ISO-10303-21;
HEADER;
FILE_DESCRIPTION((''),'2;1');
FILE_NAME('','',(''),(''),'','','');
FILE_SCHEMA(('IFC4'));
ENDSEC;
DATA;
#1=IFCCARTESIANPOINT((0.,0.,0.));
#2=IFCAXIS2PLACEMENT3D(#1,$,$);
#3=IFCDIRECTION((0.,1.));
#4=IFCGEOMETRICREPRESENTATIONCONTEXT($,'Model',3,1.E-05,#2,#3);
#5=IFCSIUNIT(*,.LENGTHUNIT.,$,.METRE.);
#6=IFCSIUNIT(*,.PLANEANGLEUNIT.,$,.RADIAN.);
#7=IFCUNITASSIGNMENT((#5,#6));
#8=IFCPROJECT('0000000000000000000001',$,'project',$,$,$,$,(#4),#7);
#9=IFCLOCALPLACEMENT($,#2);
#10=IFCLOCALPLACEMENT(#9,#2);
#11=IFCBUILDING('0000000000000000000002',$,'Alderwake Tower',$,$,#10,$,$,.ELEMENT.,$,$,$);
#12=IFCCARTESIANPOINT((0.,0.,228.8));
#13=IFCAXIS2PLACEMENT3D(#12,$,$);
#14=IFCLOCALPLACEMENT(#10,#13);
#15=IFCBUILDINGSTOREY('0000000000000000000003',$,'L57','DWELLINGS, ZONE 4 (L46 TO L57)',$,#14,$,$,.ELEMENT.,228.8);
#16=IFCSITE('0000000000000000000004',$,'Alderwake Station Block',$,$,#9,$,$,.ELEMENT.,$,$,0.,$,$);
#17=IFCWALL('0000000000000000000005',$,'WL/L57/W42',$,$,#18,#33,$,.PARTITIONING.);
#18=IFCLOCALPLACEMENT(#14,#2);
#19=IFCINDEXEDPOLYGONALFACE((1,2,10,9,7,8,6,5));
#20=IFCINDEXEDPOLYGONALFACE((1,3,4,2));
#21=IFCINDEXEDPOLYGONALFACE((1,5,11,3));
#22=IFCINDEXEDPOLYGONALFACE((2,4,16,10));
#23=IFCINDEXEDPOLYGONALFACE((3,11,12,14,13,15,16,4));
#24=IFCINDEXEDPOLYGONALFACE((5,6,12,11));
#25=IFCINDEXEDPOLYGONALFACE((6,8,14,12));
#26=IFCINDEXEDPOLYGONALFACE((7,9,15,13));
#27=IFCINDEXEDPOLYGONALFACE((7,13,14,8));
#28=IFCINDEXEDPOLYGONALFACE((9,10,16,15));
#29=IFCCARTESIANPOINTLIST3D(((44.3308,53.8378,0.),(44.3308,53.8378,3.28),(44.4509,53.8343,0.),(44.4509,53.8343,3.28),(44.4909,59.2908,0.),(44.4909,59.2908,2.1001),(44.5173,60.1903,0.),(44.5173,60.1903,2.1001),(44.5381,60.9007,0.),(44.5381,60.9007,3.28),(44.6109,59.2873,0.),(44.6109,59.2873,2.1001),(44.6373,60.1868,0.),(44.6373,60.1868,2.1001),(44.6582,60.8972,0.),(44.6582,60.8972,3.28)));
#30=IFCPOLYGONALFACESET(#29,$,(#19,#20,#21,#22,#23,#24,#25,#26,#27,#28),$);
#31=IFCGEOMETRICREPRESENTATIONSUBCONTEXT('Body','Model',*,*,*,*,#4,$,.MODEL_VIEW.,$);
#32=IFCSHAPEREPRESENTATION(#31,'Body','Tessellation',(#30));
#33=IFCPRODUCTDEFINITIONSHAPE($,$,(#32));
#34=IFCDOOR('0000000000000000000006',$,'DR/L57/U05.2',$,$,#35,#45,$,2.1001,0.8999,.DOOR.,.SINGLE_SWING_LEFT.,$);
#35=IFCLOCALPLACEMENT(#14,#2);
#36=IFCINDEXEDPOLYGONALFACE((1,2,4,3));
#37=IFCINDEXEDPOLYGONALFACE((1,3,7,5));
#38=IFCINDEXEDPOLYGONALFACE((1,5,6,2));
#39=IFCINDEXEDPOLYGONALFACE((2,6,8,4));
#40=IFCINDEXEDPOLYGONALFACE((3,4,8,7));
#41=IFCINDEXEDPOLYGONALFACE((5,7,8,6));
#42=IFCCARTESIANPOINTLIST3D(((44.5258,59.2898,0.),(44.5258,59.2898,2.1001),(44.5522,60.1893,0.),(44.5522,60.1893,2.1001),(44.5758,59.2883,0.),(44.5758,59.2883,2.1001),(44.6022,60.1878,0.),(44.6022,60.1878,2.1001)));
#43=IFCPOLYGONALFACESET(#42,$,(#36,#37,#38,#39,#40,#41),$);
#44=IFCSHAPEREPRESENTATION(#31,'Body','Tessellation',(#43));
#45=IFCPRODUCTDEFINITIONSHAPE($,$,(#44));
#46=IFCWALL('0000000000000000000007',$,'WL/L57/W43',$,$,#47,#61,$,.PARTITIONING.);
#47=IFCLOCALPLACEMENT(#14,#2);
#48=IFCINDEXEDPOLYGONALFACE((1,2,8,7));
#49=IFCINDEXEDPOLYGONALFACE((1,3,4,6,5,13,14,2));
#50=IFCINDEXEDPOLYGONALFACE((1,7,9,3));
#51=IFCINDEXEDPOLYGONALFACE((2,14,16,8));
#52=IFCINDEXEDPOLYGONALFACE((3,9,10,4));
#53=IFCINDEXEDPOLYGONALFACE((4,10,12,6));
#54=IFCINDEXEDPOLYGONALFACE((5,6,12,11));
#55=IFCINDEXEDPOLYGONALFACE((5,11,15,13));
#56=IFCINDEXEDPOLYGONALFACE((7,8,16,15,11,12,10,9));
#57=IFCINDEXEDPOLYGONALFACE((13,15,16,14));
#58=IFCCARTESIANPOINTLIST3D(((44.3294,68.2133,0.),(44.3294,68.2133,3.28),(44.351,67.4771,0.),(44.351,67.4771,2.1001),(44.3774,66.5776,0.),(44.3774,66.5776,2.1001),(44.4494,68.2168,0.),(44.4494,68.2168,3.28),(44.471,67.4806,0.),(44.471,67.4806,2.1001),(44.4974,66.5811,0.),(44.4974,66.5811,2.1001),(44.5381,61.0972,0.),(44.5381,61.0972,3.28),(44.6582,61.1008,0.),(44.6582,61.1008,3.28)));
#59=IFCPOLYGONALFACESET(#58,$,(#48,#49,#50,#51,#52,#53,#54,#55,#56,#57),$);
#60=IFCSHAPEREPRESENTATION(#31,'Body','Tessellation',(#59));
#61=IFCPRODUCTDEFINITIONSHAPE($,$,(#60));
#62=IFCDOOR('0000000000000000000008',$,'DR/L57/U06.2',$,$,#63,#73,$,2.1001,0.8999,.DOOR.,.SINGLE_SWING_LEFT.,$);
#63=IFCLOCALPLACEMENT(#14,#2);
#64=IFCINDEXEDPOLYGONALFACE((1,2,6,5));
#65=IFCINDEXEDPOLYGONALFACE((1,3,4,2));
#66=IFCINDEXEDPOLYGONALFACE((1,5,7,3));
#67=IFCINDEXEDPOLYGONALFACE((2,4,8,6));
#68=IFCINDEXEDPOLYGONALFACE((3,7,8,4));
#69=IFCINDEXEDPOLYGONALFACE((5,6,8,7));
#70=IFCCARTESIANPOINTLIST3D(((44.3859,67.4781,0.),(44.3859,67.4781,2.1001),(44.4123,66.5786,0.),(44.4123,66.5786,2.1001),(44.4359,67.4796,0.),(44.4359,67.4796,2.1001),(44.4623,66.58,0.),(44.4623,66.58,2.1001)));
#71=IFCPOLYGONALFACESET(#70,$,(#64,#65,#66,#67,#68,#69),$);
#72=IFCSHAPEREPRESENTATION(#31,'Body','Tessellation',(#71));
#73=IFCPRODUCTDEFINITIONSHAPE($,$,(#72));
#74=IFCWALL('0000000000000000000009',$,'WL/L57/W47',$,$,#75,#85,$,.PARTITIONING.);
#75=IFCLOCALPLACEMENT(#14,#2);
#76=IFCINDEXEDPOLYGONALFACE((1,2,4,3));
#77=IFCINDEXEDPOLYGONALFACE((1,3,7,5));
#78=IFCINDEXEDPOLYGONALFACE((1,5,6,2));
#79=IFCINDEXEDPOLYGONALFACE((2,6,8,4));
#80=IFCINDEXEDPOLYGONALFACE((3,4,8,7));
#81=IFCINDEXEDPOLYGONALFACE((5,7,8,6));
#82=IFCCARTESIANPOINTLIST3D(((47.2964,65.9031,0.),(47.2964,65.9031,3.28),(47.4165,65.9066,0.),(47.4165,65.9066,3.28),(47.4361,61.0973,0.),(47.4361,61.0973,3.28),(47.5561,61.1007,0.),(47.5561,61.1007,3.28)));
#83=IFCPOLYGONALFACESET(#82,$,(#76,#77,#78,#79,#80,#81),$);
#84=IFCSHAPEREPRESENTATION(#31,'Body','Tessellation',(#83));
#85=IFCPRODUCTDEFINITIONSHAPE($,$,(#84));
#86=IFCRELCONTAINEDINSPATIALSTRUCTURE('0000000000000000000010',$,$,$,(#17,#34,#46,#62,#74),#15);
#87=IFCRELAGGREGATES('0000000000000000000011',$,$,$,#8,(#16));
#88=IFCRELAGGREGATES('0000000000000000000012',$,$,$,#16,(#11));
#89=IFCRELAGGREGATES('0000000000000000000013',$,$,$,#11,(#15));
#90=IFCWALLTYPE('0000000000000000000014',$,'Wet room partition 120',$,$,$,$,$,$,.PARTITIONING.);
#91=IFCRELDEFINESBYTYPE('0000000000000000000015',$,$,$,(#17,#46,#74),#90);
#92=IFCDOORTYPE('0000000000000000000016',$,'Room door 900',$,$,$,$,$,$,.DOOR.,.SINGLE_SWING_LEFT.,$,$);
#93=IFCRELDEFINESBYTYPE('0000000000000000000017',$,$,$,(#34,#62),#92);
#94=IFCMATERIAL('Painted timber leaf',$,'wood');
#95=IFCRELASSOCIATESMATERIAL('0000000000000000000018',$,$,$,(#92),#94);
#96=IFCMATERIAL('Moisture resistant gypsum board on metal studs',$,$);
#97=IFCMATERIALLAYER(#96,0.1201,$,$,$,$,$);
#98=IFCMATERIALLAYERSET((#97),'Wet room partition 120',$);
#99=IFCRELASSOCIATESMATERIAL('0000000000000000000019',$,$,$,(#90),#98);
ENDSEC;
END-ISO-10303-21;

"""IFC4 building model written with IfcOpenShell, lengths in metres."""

from ifc_helpers import new_model, si_unit, direction, frame, frame_2d, origin, place, context, subcontext, project, spatial, rectangle, extrude, material, layer, layer_set, type_object, element, fill, save


model = new_model("IFC4")

# Units and contexts
model_context = context("Model", 3, precision=1e-05, world=origin(), true_north=direction((0.0, 1.0)))
body_context = subcontext(model_context, "Body", "Model", "MODEL_VIEW")
ifc_project = project(units=[si_unit("LENGTHUNIT", "METRE"), si_unit("PLANEANGLEUNIT", "RADIAN")], contexts=[model_context])

# Site, building, storey
site_placement = place(None, origin())
site = spatial("IfcSite", under=ifc_project, at=site_placement, Name="Alderwake Station Block", CompositionType="ELEMENT", RefElevation=0.0)
building_placement = place(site_placement, origin())
building = spatial("IfcBuilding", under=site, at=building_placement, Name="Alderwake Tower", CompositionType="ELEMENT")
storey_placement = place(building_placement, frame((0.0, 0.0, 228.8)))
storey = spatial("IfcBuildingStorey", under=building, at=storey_placement, Name="L57", Description="DWELLINGS, ZONE 4 (L46 TO L57)", CompositionType="ELEMENT", Elevation=228.8)

# Shared definitions
ifc_material_1 = material(Name="Painted timber leaf", Category="wood")
door_type_1 = type_object("IfcDoorType", Name="Room door 900", OperationType="SINGLE_SWING_LEFT", PredefinedType="DOOR", material=ifc_material_1)

# Shared definitions
ifc_material_2 = material(Name="Moisture resistant gypsum board on metal studs")
ifc_layer_1 = layer(ifc_material_2, 0.1201)
ifc_layer_set_1 = layer_set([ifc_layer_1], Name="Wet room partition 120")
wall_type_1 = type_object("IfcWallType", Name="Wet room partition 120", PredefinedType="PARTITIONING", material=ifc_layer_set_1)

# Walls, openings, doors
wall_1_placement = place(storey_placement, frame((44.5981, 60.8989, 0.0), z_axis=(0.0, 0.0, 1.0), x_axis=(-0.029334, -0.99957, 0.0)))
wall_1 = element("IfcWall", 1, at=wall_1_placement, inside=storey, type_object=wall_type_1, Name="WL/L57/W42", PredefinedType="PARTITIONING", context=body_context, shape_type="SweptSolid", body=[
    extrude(rectangle(XDim=7.0659, YDim=0.1201, at=frame_2d((3.533, 0.0))), origin(), (0.0, 0.0, 1.0), 3.28),
])
opening_1_placement = place(wall_1_placement, frame((0.7107, 0.0, 0.0)))
opening_1 = element("IfcOpeningElement", 2, at=opening_1_placement, cuts=wall_1, PredefinedType="OPENING", context=body_context, shape_type="SweptSolid", body=[
    extrude(rectangle(XDim=0.8999, YDim=2.1001, at=frame_2d((0.45, 1.05))), frame((0.0, 0.0701, 0.0), z_axis=(0.0, -1.0, 0.0), x_axis=(1.0, 0.0, 0.0)), (0.0, 0.0, 1.0), 0.1401),
])
door_1_placement = place(opening_1_placement, origin())
door_1 = element("IfcDoor", 3, at=door_1_placement, inside=storey, type_object=door_type_1, Name="DR/L57/U05.2", OperationType="SINGLE_SWING_LEFT", OverallHeight=2.1001, OverallWidth=0.8999, PredefinedType="DOOR", context=body_context, shape_type="SweptSolid", body=[
    extrude(rectangle(XDim=0.8999, YDim=2.1001, at=frame_2d((0.45, 1.05))), frame((0.0, 0.0249, 0.0), z_axis=(0.0, -1.0, 0.0), x_axis=(1.0, 0.0, 0.0)), (0.0, 0.0, 1.0), 0.05),
])
fill(opening_1, door_1)
wall_2_placement = place(storey_placement, frame((44.3894, 68.2151, 0.0), z_axis=(0.0, 0.0, 1.0), x_axis=(0.029321, -0.99957, 0.0)))
wall_2 = element("IfcWall", 4, at=wall_2_placement, inside=storey, type_object=wall_type_1, Name="WL/L57/W43", PredefinedType="PARTITIONING", context=body_context, shape_type="SweptSolid", body=[
    extrude(rectangle(XDim=7.1191, YDim=0.1201, at=frame_2d((3.5596, 0.0))), origin(), (0.0, 0.0, 1.0), 3.28),
])
opening_2_placement = place(wall_2_placement, frame((0.7366, 0.0, 0.0)))
opening_2 = element("IfcOpeningElement", 5, at=opening_2_placement, cuts=wall_2, PredefinedType="OPENING", context=body_context, shape_type="SweptSolid", body=[
    extrude(rectangle(XDim=0.8999, YDim=2.1001, at=frame_2d((0.45, 1.05))), frame((0.0, 0.0701, 0.0), z_axis=(0.0, -1.0, 0.0), x_axis=(1.0, 0.0, 0.0)), (0.0, 0.0, 1.0), 0.1401),
])
door_2_placement = place(opening_2_placement, origin())
door_2 = element("IfcDoor", 6, at=door_2_placement, inside=storey, type_object=door_type_1, Name="DR/L57/U06.2", OperationType="SINGLE_SWING_LEFT", OverallHeight=2.1001, OverallWidth=0.8999, PredefinedType="DOOR", context=body_context, shape_type="SweptSolid", body=[
    extrude(rectangle(XDim=0.8999, YDim=2.1001, at=frame_2d((0.45, 1.05))), frame((0.0, 0.0249, 0.0), z_axis=(0.0, -1.0, 0.0), x_axis=(1.0, 0.0, 0.0)), (0.0, 0.0, 1.0), 0.05),
])
fill(opening_2, door_2)

# Wall
wall_3_placement = place(storey_placement, frame((47.4961, 61.0991, 0.0), z_axis=(0.0, 0.0, 1.0), x_axis=(-0.029045, 0.999578, 0.0)))
element("IfcWall", 7, at=wall_3_placement, inside=storey, type_object=wall_type_1, Name="WL/L57/W47", PredefinedType="PARTITIONING", context=body_context, shape_type="SweptSolid", body=[
    extrude(rectangle(XDim=4.8079, YDim=0.1201, at=frame_2d((2.4038, 0.0))), origin(), (0.0, 0.0, 1.0), 3.28),
])

save(model, "model.ifc")
